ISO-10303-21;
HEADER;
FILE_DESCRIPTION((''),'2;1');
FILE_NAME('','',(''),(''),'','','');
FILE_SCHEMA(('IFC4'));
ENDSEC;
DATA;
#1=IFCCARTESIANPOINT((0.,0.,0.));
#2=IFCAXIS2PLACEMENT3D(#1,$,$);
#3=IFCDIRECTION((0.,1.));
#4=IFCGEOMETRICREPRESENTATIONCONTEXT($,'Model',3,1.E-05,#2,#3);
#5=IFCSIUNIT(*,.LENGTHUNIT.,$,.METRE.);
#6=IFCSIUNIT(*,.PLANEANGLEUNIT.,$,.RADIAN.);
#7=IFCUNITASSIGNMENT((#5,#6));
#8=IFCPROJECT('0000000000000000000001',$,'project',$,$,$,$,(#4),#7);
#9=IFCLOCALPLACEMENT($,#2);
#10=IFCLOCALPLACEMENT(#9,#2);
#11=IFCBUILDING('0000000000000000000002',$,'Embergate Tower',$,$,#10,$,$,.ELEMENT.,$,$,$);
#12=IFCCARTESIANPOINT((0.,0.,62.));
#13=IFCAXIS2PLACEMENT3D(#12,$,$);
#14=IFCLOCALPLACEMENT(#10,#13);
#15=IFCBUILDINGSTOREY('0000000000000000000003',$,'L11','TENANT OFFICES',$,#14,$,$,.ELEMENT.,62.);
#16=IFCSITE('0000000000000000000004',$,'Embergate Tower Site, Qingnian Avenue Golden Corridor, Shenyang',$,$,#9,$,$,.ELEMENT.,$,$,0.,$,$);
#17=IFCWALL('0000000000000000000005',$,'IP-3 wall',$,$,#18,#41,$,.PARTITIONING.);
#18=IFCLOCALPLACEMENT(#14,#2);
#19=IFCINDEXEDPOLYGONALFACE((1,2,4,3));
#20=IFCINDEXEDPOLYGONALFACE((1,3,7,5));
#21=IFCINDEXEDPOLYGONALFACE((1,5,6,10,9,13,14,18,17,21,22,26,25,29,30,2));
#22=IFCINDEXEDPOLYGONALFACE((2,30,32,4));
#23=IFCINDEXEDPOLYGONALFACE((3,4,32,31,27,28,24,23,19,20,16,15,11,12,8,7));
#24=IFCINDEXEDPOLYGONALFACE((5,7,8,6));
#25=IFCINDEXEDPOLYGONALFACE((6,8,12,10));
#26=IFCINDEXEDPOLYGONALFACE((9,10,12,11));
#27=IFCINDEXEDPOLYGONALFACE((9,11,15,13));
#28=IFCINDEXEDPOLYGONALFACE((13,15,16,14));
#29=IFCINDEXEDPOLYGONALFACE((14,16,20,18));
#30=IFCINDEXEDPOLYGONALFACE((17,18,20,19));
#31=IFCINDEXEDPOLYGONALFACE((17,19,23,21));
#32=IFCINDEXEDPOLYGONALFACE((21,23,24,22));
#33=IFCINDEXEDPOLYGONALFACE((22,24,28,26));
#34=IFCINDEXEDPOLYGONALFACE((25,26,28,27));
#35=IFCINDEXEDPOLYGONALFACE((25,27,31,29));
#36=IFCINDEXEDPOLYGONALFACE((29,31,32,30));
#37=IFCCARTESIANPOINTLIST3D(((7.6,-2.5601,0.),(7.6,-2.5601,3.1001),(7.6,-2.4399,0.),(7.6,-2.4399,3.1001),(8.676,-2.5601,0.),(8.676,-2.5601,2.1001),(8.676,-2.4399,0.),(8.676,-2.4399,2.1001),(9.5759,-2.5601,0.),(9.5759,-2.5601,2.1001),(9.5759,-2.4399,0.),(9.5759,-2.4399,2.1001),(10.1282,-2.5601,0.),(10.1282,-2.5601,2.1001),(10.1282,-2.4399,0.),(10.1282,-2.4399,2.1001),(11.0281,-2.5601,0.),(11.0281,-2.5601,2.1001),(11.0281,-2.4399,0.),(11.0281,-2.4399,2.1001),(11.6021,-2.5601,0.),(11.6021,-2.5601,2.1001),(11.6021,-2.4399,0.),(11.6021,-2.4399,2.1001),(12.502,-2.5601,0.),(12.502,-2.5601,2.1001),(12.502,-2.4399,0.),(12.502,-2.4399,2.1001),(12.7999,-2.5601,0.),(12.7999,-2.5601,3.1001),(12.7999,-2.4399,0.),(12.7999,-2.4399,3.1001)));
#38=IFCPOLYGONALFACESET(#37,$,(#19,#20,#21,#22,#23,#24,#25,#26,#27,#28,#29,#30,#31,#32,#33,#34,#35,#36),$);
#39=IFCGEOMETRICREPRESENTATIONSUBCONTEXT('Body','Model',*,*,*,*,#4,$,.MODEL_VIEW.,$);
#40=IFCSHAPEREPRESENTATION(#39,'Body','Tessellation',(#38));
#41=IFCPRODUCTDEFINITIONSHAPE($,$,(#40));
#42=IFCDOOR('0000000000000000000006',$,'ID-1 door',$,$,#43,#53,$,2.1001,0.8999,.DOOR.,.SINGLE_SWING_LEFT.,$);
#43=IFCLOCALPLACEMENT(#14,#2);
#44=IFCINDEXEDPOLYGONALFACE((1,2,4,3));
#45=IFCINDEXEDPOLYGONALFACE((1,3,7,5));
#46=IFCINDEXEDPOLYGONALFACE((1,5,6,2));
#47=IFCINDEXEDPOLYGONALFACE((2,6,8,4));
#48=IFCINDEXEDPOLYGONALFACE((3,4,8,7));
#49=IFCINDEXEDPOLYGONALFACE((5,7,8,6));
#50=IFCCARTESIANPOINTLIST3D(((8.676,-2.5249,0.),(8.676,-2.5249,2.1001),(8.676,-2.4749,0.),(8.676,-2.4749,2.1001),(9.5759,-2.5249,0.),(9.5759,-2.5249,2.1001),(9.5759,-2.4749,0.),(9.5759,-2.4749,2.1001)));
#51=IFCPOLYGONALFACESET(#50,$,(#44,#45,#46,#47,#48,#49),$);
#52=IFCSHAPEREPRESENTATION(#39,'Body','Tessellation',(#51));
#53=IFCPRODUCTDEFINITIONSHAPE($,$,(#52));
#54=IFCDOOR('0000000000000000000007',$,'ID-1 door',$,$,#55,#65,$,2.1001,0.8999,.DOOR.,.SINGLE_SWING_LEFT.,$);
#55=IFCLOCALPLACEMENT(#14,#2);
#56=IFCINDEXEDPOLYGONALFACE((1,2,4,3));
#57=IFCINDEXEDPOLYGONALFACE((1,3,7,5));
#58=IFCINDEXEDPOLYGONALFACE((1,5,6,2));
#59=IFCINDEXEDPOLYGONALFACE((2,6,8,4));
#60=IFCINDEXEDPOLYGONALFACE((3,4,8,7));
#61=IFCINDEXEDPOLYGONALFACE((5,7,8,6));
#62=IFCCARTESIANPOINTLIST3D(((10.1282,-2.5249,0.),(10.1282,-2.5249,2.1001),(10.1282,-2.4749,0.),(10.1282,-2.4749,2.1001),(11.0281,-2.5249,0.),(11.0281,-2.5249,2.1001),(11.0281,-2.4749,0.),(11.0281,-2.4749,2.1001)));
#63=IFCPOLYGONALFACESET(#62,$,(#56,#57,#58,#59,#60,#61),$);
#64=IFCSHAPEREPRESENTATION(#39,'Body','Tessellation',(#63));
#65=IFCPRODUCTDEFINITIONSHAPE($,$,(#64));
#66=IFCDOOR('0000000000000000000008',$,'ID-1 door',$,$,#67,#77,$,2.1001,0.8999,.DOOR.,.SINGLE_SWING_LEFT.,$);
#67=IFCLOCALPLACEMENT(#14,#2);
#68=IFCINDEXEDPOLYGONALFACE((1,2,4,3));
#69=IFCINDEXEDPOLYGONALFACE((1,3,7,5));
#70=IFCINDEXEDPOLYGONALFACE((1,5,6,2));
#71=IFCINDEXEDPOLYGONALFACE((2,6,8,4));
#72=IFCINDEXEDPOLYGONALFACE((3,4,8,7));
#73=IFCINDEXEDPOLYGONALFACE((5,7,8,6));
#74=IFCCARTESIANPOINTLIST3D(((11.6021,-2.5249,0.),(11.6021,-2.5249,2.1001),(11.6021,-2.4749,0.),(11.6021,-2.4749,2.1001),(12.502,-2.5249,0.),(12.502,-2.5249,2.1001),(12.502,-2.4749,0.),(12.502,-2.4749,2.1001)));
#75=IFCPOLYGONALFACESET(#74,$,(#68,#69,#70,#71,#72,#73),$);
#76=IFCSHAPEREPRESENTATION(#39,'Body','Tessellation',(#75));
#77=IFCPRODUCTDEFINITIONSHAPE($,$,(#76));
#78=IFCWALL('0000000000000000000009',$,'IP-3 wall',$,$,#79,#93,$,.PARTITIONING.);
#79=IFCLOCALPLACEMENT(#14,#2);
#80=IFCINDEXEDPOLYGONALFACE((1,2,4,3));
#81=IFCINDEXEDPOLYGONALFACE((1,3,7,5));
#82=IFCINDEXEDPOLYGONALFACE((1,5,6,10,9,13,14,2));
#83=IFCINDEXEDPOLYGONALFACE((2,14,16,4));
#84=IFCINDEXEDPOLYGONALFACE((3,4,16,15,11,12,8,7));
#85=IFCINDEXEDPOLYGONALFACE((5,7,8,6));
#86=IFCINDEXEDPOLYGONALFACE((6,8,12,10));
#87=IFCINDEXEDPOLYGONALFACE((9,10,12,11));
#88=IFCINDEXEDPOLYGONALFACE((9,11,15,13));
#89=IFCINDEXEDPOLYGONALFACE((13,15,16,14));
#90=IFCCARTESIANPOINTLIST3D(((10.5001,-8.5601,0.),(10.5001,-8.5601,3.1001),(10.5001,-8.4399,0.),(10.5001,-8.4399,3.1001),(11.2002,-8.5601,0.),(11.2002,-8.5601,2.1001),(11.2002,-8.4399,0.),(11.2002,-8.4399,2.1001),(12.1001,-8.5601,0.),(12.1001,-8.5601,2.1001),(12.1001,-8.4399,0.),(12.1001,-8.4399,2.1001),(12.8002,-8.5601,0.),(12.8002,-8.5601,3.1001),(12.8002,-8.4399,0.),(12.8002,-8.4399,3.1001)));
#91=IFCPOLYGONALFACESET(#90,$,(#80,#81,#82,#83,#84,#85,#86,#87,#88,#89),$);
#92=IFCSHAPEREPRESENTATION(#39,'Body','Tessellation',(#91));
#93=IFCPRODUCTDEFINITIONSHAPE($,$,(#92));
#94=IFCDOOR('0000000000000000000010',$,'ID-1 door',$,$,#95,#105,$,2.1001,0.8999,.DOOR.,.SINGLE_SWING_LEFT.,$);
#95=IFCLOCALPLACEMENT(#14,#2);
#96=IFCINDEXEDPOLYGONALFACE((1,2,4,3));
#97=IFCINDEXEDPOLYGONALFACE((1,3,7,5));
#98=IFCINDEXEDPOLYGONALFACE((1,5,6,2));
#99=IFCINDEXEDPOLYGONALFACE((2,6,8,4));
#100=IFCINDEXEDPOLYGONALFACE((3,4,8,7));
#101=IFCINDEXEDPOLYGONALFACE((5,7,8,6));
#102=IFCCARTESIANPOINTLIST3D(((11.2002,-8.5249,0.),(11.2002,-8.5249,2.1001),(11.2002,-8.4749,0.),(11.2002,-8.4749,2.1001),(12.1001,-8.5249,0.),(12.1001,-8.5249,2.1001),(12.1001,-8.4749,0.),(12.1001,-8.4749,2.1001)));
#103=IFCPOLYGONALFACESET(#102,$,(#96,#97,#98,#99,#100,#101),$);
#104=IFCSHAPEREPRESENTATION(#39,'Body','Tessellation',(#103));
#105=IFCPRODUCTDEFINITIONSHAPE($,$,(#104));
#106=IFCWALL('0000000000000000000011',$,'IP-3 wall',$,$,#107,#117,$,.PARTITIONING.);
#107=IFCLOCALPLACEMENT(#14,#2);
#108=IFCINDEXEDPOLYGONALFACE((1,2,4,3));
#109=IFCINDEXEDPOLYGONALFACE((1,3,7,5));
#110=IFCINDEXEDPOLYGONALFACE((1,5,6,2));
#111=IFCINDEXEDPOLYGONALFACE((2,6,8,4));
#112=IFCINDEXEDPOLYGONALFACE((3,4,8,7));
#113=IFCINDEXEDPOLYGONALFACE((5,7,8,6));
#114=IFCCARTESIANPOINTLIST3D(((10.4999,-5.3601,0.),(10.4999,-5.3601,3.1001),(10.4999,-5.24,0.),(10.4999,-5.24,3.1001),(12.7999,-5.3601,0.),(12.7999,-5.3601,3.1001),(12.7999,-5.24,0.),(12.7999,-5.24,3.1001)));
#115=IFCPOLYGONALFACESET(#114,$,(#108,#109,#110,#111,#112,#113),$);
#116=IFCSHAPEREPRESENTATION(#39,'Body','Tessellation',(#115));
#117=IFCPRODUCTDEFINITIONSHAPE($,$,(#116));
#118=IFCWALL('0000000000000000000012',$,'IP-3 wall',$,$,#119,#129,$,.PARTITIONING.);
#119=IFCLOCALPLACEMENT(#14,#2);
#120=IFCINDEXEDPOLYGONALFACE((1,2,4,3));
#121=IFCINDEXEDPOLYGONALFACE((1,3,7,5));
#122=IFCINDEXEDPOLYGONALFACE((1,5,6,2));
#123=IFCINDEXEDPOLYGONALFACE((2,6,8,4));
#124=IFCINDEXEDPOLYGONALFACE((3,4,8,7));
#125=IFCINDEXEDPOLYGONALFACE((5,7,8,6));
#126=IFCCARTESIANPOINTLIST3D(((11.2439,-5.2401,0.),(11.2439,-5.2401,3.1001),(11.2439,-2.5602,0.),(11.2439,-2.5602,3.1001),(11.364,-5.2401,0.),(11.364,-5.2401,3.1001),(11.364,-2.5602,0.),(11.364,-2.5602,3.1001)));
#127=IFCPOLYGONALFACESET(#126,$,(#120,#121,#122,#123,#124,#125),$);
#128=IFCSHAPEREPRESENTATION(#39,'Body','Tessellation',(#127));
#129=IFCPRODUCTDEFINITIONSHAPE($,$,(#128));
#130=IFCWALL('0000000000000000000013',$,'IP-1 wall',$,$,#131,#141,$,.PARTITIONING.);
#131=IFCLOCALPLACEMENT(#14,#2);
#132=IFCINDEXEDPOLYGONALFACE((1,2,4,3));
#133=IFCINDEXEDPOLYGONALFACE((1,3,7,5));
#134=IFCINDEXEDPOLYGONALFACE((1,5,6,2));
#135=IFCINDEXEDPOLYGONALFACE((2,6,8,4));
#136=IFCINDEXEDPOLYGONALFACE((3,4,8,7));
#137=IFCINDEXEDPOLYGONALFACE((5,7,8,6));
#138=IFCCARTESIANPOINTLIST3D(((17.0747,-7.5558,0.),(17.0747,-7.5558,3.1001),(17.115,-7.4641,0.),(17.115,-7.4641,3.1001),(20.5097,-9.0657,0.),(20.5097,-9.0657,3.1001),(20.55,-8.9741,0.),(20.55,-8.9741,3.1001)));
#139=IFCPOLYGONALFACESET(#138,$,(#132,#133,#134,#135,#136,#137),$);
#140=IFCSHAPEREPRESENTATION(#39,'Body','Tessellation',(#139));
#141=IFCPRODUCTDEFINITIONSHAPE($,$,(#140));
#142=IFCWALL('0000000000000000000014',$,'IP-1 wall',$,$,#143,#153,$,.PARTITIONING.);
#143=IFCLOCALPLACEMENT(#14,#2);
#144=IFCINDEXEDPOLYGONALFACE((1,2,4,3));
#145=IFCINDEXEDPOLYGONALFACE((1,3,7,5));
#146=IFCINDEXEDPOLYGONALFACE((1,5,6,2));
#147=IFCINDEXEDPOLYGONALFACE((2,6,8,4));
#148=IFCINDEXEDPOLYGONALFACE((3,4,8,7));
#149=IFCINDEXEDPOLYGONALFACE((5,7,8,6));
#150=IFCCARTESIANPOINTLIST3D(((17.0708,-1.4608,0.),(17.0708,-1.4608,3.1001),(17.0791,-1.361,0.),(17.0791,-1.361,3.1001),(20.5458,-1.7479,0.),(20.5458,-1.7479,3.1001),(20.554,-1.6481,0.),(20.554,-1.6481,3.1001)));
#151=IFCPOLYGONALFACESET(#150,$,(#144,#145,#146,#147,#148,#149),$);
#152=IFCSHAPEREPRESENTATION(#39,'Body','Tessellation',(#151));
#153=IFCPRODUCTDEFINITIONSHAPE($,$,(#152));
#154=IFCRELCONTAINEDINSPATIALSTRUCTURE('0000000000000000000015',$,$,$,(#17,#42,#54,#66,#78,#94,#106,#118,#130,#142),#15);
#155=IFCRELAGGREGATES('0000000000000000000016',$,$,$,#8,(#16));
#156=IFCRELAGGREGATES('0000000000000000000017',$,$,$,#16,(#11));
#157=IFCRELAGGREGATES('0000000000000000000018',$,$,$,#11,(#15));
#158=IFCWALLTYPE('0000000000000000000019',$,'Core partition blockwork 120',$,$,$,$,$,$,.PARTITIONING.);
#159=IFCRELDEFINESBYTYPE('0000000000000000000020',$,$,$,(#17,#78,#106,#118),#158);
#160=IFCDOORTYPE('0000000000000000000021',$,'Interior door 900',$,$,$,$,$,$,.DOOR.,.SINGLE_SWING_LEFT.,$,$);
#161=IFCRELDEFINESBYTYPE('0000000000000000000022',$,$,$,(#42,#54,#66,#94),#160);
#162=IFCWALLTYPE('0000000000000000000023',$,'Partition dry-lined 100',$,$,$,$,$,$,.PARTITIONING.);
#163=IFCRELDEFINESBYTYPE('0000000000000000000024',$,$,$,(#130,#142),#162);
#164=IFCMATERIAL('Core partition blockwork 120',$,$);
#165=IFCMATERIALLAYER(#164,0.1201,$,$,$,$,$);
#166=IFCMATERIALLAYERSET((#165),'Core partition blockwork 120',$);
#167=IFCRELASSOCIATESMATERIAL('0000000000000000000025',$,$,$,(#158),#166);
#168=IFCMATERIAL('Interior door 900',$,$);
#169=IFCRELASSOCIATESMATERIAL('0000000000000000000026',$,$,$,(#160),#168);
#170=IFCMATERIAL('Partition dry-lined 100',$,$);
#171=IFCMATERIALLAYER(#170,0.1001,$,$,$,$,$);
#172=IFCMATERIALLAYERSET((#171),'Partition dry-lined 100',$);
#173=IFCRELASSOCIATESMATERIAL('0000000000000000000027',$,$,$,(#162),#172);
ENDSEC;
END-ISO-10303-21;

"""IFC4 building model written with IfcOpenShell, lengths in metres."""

from ifc_helpers import new_model, si_unit, direction, frame, frame_2d, origin, place, context, subcontext, project, spatial, rectangle, extrude, source, transform, mapped, material, layer, layer_set, type_object, element, fill, save


model = new_model("IFC4")

# Units and contexts
model_context = context("Model", 3, precision=1e-05, world=origin(), true_north=direction((0.0, 1.0)))
body_context = subcontext(model_context, "Body", "Model", "MODEL_VIEW")
ifc_project = project(units=[si_unit("LENGTHUNIT", "METRE"), si_unit("PLANEANGLEUNIT", "RADIAN")], contexts=[model_context])

# Site, building, storey
site_placement = place(None, origin())
site = spatial("IfcSite", under=ifc_project, at=site_placement, Name="Embergate Tower Site, Qingnian Avenue Golden Corridor, Shenyang", CompositionType="ELEMENT", RefElevation=0.0)
building_placement = place(site_placement, origin())
building = spatial("IfcBuilding", under=site, at=building_placement, Name="Embergate Tower", CompositionType="ELEMENT")
storey_placement = place(building_placement, frame((0.0, 0.0, 62.0)))
storey = spatial("IfcBuildingStorey", under=building, at=storey_placement, Name="L11", Description="TENANT OFFICES", CompositionType="ELEMENT", Elevation=62.0)

# Shared definitions
ifc_material_1 = material(Name="Core partition blockwork 120")
ifc_layer_1 = layer(ifc_material_1, 0.1201)
ifc_layer_set_1 = layer_set([ifc_layer_1], Name="Core partition blockwork 120")
wall_type_1 = type_object("IfcWallType", Name="Core partition blockwork 120", PredefinedType="PARTITIONING", material=ifc_layer_set_1)
shared_shape_1 = source(origin(), body_context, "Body", "SweptSolid", [
    extrude(rectangle(XDim=0.8999, YDim=2.1001, at=frame_2d((0.45, 1.05))), frame((0.0, 0.0701, 0.0), z_axis=(0.0, -1.0, 0.0), x_axis=(1.0, 0.0, 0.0)), (0.0, 0.0, 1.0), 0.1401),
])
ifc_material_2 = material(Name="Interior door 900")
door_type_1 = type_object("IfcDoorType", Name="Interior door 900", OperationType="SINGLE_SWING_LEFT", PredefinedType="DOOR", material=ifc_material_2)
shared_shape_2 = source(origin(), body_context, "Body", "SweptSolid", [
    extrude(rectangle(XDim=0.8999, YDim=2.1001, at=frame_2d((0.45, 1.05))), frame((0.0, 0.0249, 0.0), z_axis=(0.0, -1.0, 0.0), x_axis=(1.0, 0.0, 0.0)), (0.0, 0.0, 1.0), 0.05),
])

# Wall, openings, doors
shared_shape_3 = source(origin(), body_context, "Body", "SweptSolid", [
    extrude(rectangle(XDim=5.2, YDim=0.1201, at=frame_2d((2.6001, 0.0))), origin(), (0.0, 0.0, 1.0), 3.1001),
])
wall_1_placement = place(storey_placement, frame((12.8, -2.5, 0.0), z_axis=(0.0, 0.0, 1.0), x_axis=(-1.0, 0.0, 0.0)))
wall_1 = element("IfcWall", 1, at=wall_1_placement, inside=storey, type_object=wall_type_1, Name="IP-3 wall", PredefinedType="PARTITIONING", context=body_context, shape_type="MappedRepresentation", body=[
    mapped(shared_shape_3, transform((0.0, 0.0, 0.0))),
])
opening_1_placement = place(wall_1_placement, frame((3.2241, 0.0, 0.0)))
opening_1 = element("IfcOpeningElement", 2, at=opening_1_placement, cuts=wall_1, PredefinedType="OPENING", context=body_context, shape_type="MappedRepresentation", body=[
    mapped(shared_shape_1, transform((0.0, 0.0, 0.0))),
])
opening_2_placement = place(wall_1_placement, frame((1.772, 0.0, 0.0)))
opening_2 = element("IfcOpeningElement", 3, at=opening_2_placement, cuts=wall_1, PredefinedType="OPENING", context=body_context, shape_type="MappedRepresentation", body=[
    mapped(shared_shape_1, transform((0.0, 0.0, 0.0))),
])
opening_3_placement = place(wall_1_placement, frame((0.2981, 0.0, 0.0)))
opening_3 = element("IfcOpeningElement", 4, at=opening_3_placement, cuts=wall_1, PredefinedType="OPENING", context=body_context, shape_type="MappedRepresentation", body=[
    mapped(shared_shape_1, transform((0.0, 0.0, 0.0))),
])
door_1_placement = place(opening_1_placement, origin())
door_1 = element("IfcDoor", 5, at=door_1_placement, inside=storey, type_object=door_type_1, Name="ID-1 door", OperationType="SINGLE_SWING_LEFT", OverallHeight=2.1001, OverallWidth=0.8999, PredefinedType="DOOR", context=body_context, shape_type="MappedRepresentation", body=[
    mapped(shared_shape_2, transform((0.0, 0.0, 0.0))),
])
fill(opening_1, door_1)
door_2_placement = place(opening_2_placement, origin())
door_2 = element("IfcDoor", 6, at=door_2_placement, inside=storey, type_object=door_type_1, Name="ID-1 door", OperationType="SINGLE_SWING_LEFT", OverallHeight=2.1001, OverallWidth=0.8999, PredefinedType="DOOR", context=body_context, shape_type="MappedRepresentation", body=[
    mapped(shared_shape_2, transform((0.0, 0.0, 0.0))),
])
fill(opening_2, door_2)
door_3_placement = place(opening_3_placement, origin())
door_3 = element("IfcDoor", 7, at=door_3_placement, inside=storey, type_object=door_type_1, Name="ID-1 door", OperationType="SINGLE_SWING_LEFT", OverallHeight=2.1001, OverallWidth=0.8999, PredefinedType="DOOR", context=body_context, shape_type="MappedRepresentation", body=[
    mapped(shared_shape_2, transform((0.0, 0.0, 0.0))),
])
fill(opening_3, door_3)

# Wall, opening, door
shared_shape_4 = source(origin(), body_context, "Body", "SweptSolid", [
    extrude(rectangle(XDim=2.3, YDim=0.1201, at=frame_2d((1.1499, 0.0))), origin(), (0.0, 0.0, 1.0), 3.1001),
])
wall_2_placement = place(storey_placement, frame((12.8, -8.5, 0.0), z_axis=(0.0, 0.0, 1.0), x_axis=(-1.0, 0.0, 0.0)))
wall_2 = element("IfcWall", 8, at=wall_2_placement, inside=storey, type_object=wall_type_1, Name="IP-3 wall", PredefinedType="PARTITIONING", context=body_context, shape_type="MappedRepresentation", body=[
    mapped(shared_shape_4, transform((0.0, 0.0, 0.0))),
])
opening_4_placement = place(wall_2_placement, frame((0.7, 0.0, 0.0)))
opening_4 = element("IfcOpeningElement", 9, at=opening_4_placement, cuts=wall_2, PredefinedType="OPENING", context=body_context, shape_type="MappedRepresentation", body=[
    mapped(shared_shape_1, transform((0.0, 0.0, 0.0))),
])
door_4_placement = place(opening_4_placement, origin())
door_4 = element("IfcDoor", 10, at=door_4_placement, inside=storey, type_object=door_type_1, Name="ID-1 door", OperationType="SINGLE_SWING_LEFT", OverallHeight=2.1001, OverallWidth=0.8999, PredefinedType="DOOR", context=body_context, shape_type="MappedRepresentation", body=[
    mapped(shared_shape_2, transform((0.0, 0.0, 0.0))),
])
fill(opening_4, door_4)

# Walls
wall_3_placement = place(storey_placement, frame((10.5, -5.3, 0.0), z_axis=(0.0, 0.0, 1.0), x_axis=(1.0, 0.0, 0.0)))
element("IfcWall", 11, at=wall_3_placement, inside=storey, type_object=wall_type_1, Name="IP-3 wall", PredefinedType="PARTITIONING", context=body_context, shape_type="MappedRepresentation", body=[
    mapped(shared_shape_4, transform((0.0, 0.0, 0.0))),
])
shared_shape_5 = source(origin(), body_context, "Body", "SweptSolid", [
    extrude(rectangle(XDim=2.6799, YDim=0.1201, at=frame_2d((1.3398, 0.0))), origin(), (0.0, 0.0, 1.0), 3.1001),
])
wall_4_placement = place(storey_placement, frame((11.304, -5.24, 0.0), z_axis=(0.0, 0.0, 1.0), x_axis=(0.0, 1.0, 0.0)))
element("IfcWall", 12, at=wall_4_placement, inside=storey, type_object=wall_type_1, Name="IP-3 wall", PredefinedType="PARTITIONING", context=body_context, shape_type="MappedRepresentation", body=[
    mapped(shared_shape_5, transform((0.0, 0.0, 0.0))),
])
ifc_material_3 = material(Name="Partition dry-lined 100")
ifc_layer_2 = layer(ifc_material_3, 0.1001)
ifc_layer_set_2 = layer_set([ifc_layer_2], Name="Partition dry-lined 100")
wall_type_2 = type_object("IfcWallType", Name="Partition dry-lined 100", PredefinedType="PARTITIONING", material=ifc_layer_set_2)
shared_shape_6 = source(origin(), body_context, "Body", "SweptSolid", [
    extrude(rectangle(XDim=3.7522, YDim=0.1001, at=frame_2d((1.876, 0.0))), origin(), (0.0, 0.0, 1.0), 3.1001),
])
wall_5_placement = place(storey_placement, frame((17.095, -7.51, 0.0), z_axis=(0.0, 0.0, 1.0), x_axis=(0.915454, -0.402422, 0.0)))
element("IfcWall", 13, at=wall_5_placement, inside=storey, type_object=wall_type_2, Name="IP-1 wall", PredefinedType="PARTITIONING", context=body_context, shape_type="MappedRepresentation", body=[
    mapped(shared_shape_6, transform((0.0, 0.0, 0.0))),
])
shared_shape_7 = source(origin(), body_context, "Body", "SweptSolid", [
    extrude(rectangle(XDim=3.4868, YDim=0.1001, at=frame_2d((1.7434, 0.0))), origin(), (0.0, 0.0, 1.0), 3.1001),
])
wall_6_placement = place(storey_placement, frame((17.075, -1.4109, 0.0), z_axis=(0.0, 0.0, 1.0), x_axis=(0.996604, -0.082339, 0.0)))
element("IfcWall", 14, at=wall_6_placement, inside=storey, type_object=wall_type_2, Name="IP-1 wall", PredefinedType="PARTITIONING", context=body_context, shape_type="MappedRepresentation", body=[
    mapped(shared_shape_7, transform((0.0, 0.0, 0.0))),
])

save(model, "model.ifc")
